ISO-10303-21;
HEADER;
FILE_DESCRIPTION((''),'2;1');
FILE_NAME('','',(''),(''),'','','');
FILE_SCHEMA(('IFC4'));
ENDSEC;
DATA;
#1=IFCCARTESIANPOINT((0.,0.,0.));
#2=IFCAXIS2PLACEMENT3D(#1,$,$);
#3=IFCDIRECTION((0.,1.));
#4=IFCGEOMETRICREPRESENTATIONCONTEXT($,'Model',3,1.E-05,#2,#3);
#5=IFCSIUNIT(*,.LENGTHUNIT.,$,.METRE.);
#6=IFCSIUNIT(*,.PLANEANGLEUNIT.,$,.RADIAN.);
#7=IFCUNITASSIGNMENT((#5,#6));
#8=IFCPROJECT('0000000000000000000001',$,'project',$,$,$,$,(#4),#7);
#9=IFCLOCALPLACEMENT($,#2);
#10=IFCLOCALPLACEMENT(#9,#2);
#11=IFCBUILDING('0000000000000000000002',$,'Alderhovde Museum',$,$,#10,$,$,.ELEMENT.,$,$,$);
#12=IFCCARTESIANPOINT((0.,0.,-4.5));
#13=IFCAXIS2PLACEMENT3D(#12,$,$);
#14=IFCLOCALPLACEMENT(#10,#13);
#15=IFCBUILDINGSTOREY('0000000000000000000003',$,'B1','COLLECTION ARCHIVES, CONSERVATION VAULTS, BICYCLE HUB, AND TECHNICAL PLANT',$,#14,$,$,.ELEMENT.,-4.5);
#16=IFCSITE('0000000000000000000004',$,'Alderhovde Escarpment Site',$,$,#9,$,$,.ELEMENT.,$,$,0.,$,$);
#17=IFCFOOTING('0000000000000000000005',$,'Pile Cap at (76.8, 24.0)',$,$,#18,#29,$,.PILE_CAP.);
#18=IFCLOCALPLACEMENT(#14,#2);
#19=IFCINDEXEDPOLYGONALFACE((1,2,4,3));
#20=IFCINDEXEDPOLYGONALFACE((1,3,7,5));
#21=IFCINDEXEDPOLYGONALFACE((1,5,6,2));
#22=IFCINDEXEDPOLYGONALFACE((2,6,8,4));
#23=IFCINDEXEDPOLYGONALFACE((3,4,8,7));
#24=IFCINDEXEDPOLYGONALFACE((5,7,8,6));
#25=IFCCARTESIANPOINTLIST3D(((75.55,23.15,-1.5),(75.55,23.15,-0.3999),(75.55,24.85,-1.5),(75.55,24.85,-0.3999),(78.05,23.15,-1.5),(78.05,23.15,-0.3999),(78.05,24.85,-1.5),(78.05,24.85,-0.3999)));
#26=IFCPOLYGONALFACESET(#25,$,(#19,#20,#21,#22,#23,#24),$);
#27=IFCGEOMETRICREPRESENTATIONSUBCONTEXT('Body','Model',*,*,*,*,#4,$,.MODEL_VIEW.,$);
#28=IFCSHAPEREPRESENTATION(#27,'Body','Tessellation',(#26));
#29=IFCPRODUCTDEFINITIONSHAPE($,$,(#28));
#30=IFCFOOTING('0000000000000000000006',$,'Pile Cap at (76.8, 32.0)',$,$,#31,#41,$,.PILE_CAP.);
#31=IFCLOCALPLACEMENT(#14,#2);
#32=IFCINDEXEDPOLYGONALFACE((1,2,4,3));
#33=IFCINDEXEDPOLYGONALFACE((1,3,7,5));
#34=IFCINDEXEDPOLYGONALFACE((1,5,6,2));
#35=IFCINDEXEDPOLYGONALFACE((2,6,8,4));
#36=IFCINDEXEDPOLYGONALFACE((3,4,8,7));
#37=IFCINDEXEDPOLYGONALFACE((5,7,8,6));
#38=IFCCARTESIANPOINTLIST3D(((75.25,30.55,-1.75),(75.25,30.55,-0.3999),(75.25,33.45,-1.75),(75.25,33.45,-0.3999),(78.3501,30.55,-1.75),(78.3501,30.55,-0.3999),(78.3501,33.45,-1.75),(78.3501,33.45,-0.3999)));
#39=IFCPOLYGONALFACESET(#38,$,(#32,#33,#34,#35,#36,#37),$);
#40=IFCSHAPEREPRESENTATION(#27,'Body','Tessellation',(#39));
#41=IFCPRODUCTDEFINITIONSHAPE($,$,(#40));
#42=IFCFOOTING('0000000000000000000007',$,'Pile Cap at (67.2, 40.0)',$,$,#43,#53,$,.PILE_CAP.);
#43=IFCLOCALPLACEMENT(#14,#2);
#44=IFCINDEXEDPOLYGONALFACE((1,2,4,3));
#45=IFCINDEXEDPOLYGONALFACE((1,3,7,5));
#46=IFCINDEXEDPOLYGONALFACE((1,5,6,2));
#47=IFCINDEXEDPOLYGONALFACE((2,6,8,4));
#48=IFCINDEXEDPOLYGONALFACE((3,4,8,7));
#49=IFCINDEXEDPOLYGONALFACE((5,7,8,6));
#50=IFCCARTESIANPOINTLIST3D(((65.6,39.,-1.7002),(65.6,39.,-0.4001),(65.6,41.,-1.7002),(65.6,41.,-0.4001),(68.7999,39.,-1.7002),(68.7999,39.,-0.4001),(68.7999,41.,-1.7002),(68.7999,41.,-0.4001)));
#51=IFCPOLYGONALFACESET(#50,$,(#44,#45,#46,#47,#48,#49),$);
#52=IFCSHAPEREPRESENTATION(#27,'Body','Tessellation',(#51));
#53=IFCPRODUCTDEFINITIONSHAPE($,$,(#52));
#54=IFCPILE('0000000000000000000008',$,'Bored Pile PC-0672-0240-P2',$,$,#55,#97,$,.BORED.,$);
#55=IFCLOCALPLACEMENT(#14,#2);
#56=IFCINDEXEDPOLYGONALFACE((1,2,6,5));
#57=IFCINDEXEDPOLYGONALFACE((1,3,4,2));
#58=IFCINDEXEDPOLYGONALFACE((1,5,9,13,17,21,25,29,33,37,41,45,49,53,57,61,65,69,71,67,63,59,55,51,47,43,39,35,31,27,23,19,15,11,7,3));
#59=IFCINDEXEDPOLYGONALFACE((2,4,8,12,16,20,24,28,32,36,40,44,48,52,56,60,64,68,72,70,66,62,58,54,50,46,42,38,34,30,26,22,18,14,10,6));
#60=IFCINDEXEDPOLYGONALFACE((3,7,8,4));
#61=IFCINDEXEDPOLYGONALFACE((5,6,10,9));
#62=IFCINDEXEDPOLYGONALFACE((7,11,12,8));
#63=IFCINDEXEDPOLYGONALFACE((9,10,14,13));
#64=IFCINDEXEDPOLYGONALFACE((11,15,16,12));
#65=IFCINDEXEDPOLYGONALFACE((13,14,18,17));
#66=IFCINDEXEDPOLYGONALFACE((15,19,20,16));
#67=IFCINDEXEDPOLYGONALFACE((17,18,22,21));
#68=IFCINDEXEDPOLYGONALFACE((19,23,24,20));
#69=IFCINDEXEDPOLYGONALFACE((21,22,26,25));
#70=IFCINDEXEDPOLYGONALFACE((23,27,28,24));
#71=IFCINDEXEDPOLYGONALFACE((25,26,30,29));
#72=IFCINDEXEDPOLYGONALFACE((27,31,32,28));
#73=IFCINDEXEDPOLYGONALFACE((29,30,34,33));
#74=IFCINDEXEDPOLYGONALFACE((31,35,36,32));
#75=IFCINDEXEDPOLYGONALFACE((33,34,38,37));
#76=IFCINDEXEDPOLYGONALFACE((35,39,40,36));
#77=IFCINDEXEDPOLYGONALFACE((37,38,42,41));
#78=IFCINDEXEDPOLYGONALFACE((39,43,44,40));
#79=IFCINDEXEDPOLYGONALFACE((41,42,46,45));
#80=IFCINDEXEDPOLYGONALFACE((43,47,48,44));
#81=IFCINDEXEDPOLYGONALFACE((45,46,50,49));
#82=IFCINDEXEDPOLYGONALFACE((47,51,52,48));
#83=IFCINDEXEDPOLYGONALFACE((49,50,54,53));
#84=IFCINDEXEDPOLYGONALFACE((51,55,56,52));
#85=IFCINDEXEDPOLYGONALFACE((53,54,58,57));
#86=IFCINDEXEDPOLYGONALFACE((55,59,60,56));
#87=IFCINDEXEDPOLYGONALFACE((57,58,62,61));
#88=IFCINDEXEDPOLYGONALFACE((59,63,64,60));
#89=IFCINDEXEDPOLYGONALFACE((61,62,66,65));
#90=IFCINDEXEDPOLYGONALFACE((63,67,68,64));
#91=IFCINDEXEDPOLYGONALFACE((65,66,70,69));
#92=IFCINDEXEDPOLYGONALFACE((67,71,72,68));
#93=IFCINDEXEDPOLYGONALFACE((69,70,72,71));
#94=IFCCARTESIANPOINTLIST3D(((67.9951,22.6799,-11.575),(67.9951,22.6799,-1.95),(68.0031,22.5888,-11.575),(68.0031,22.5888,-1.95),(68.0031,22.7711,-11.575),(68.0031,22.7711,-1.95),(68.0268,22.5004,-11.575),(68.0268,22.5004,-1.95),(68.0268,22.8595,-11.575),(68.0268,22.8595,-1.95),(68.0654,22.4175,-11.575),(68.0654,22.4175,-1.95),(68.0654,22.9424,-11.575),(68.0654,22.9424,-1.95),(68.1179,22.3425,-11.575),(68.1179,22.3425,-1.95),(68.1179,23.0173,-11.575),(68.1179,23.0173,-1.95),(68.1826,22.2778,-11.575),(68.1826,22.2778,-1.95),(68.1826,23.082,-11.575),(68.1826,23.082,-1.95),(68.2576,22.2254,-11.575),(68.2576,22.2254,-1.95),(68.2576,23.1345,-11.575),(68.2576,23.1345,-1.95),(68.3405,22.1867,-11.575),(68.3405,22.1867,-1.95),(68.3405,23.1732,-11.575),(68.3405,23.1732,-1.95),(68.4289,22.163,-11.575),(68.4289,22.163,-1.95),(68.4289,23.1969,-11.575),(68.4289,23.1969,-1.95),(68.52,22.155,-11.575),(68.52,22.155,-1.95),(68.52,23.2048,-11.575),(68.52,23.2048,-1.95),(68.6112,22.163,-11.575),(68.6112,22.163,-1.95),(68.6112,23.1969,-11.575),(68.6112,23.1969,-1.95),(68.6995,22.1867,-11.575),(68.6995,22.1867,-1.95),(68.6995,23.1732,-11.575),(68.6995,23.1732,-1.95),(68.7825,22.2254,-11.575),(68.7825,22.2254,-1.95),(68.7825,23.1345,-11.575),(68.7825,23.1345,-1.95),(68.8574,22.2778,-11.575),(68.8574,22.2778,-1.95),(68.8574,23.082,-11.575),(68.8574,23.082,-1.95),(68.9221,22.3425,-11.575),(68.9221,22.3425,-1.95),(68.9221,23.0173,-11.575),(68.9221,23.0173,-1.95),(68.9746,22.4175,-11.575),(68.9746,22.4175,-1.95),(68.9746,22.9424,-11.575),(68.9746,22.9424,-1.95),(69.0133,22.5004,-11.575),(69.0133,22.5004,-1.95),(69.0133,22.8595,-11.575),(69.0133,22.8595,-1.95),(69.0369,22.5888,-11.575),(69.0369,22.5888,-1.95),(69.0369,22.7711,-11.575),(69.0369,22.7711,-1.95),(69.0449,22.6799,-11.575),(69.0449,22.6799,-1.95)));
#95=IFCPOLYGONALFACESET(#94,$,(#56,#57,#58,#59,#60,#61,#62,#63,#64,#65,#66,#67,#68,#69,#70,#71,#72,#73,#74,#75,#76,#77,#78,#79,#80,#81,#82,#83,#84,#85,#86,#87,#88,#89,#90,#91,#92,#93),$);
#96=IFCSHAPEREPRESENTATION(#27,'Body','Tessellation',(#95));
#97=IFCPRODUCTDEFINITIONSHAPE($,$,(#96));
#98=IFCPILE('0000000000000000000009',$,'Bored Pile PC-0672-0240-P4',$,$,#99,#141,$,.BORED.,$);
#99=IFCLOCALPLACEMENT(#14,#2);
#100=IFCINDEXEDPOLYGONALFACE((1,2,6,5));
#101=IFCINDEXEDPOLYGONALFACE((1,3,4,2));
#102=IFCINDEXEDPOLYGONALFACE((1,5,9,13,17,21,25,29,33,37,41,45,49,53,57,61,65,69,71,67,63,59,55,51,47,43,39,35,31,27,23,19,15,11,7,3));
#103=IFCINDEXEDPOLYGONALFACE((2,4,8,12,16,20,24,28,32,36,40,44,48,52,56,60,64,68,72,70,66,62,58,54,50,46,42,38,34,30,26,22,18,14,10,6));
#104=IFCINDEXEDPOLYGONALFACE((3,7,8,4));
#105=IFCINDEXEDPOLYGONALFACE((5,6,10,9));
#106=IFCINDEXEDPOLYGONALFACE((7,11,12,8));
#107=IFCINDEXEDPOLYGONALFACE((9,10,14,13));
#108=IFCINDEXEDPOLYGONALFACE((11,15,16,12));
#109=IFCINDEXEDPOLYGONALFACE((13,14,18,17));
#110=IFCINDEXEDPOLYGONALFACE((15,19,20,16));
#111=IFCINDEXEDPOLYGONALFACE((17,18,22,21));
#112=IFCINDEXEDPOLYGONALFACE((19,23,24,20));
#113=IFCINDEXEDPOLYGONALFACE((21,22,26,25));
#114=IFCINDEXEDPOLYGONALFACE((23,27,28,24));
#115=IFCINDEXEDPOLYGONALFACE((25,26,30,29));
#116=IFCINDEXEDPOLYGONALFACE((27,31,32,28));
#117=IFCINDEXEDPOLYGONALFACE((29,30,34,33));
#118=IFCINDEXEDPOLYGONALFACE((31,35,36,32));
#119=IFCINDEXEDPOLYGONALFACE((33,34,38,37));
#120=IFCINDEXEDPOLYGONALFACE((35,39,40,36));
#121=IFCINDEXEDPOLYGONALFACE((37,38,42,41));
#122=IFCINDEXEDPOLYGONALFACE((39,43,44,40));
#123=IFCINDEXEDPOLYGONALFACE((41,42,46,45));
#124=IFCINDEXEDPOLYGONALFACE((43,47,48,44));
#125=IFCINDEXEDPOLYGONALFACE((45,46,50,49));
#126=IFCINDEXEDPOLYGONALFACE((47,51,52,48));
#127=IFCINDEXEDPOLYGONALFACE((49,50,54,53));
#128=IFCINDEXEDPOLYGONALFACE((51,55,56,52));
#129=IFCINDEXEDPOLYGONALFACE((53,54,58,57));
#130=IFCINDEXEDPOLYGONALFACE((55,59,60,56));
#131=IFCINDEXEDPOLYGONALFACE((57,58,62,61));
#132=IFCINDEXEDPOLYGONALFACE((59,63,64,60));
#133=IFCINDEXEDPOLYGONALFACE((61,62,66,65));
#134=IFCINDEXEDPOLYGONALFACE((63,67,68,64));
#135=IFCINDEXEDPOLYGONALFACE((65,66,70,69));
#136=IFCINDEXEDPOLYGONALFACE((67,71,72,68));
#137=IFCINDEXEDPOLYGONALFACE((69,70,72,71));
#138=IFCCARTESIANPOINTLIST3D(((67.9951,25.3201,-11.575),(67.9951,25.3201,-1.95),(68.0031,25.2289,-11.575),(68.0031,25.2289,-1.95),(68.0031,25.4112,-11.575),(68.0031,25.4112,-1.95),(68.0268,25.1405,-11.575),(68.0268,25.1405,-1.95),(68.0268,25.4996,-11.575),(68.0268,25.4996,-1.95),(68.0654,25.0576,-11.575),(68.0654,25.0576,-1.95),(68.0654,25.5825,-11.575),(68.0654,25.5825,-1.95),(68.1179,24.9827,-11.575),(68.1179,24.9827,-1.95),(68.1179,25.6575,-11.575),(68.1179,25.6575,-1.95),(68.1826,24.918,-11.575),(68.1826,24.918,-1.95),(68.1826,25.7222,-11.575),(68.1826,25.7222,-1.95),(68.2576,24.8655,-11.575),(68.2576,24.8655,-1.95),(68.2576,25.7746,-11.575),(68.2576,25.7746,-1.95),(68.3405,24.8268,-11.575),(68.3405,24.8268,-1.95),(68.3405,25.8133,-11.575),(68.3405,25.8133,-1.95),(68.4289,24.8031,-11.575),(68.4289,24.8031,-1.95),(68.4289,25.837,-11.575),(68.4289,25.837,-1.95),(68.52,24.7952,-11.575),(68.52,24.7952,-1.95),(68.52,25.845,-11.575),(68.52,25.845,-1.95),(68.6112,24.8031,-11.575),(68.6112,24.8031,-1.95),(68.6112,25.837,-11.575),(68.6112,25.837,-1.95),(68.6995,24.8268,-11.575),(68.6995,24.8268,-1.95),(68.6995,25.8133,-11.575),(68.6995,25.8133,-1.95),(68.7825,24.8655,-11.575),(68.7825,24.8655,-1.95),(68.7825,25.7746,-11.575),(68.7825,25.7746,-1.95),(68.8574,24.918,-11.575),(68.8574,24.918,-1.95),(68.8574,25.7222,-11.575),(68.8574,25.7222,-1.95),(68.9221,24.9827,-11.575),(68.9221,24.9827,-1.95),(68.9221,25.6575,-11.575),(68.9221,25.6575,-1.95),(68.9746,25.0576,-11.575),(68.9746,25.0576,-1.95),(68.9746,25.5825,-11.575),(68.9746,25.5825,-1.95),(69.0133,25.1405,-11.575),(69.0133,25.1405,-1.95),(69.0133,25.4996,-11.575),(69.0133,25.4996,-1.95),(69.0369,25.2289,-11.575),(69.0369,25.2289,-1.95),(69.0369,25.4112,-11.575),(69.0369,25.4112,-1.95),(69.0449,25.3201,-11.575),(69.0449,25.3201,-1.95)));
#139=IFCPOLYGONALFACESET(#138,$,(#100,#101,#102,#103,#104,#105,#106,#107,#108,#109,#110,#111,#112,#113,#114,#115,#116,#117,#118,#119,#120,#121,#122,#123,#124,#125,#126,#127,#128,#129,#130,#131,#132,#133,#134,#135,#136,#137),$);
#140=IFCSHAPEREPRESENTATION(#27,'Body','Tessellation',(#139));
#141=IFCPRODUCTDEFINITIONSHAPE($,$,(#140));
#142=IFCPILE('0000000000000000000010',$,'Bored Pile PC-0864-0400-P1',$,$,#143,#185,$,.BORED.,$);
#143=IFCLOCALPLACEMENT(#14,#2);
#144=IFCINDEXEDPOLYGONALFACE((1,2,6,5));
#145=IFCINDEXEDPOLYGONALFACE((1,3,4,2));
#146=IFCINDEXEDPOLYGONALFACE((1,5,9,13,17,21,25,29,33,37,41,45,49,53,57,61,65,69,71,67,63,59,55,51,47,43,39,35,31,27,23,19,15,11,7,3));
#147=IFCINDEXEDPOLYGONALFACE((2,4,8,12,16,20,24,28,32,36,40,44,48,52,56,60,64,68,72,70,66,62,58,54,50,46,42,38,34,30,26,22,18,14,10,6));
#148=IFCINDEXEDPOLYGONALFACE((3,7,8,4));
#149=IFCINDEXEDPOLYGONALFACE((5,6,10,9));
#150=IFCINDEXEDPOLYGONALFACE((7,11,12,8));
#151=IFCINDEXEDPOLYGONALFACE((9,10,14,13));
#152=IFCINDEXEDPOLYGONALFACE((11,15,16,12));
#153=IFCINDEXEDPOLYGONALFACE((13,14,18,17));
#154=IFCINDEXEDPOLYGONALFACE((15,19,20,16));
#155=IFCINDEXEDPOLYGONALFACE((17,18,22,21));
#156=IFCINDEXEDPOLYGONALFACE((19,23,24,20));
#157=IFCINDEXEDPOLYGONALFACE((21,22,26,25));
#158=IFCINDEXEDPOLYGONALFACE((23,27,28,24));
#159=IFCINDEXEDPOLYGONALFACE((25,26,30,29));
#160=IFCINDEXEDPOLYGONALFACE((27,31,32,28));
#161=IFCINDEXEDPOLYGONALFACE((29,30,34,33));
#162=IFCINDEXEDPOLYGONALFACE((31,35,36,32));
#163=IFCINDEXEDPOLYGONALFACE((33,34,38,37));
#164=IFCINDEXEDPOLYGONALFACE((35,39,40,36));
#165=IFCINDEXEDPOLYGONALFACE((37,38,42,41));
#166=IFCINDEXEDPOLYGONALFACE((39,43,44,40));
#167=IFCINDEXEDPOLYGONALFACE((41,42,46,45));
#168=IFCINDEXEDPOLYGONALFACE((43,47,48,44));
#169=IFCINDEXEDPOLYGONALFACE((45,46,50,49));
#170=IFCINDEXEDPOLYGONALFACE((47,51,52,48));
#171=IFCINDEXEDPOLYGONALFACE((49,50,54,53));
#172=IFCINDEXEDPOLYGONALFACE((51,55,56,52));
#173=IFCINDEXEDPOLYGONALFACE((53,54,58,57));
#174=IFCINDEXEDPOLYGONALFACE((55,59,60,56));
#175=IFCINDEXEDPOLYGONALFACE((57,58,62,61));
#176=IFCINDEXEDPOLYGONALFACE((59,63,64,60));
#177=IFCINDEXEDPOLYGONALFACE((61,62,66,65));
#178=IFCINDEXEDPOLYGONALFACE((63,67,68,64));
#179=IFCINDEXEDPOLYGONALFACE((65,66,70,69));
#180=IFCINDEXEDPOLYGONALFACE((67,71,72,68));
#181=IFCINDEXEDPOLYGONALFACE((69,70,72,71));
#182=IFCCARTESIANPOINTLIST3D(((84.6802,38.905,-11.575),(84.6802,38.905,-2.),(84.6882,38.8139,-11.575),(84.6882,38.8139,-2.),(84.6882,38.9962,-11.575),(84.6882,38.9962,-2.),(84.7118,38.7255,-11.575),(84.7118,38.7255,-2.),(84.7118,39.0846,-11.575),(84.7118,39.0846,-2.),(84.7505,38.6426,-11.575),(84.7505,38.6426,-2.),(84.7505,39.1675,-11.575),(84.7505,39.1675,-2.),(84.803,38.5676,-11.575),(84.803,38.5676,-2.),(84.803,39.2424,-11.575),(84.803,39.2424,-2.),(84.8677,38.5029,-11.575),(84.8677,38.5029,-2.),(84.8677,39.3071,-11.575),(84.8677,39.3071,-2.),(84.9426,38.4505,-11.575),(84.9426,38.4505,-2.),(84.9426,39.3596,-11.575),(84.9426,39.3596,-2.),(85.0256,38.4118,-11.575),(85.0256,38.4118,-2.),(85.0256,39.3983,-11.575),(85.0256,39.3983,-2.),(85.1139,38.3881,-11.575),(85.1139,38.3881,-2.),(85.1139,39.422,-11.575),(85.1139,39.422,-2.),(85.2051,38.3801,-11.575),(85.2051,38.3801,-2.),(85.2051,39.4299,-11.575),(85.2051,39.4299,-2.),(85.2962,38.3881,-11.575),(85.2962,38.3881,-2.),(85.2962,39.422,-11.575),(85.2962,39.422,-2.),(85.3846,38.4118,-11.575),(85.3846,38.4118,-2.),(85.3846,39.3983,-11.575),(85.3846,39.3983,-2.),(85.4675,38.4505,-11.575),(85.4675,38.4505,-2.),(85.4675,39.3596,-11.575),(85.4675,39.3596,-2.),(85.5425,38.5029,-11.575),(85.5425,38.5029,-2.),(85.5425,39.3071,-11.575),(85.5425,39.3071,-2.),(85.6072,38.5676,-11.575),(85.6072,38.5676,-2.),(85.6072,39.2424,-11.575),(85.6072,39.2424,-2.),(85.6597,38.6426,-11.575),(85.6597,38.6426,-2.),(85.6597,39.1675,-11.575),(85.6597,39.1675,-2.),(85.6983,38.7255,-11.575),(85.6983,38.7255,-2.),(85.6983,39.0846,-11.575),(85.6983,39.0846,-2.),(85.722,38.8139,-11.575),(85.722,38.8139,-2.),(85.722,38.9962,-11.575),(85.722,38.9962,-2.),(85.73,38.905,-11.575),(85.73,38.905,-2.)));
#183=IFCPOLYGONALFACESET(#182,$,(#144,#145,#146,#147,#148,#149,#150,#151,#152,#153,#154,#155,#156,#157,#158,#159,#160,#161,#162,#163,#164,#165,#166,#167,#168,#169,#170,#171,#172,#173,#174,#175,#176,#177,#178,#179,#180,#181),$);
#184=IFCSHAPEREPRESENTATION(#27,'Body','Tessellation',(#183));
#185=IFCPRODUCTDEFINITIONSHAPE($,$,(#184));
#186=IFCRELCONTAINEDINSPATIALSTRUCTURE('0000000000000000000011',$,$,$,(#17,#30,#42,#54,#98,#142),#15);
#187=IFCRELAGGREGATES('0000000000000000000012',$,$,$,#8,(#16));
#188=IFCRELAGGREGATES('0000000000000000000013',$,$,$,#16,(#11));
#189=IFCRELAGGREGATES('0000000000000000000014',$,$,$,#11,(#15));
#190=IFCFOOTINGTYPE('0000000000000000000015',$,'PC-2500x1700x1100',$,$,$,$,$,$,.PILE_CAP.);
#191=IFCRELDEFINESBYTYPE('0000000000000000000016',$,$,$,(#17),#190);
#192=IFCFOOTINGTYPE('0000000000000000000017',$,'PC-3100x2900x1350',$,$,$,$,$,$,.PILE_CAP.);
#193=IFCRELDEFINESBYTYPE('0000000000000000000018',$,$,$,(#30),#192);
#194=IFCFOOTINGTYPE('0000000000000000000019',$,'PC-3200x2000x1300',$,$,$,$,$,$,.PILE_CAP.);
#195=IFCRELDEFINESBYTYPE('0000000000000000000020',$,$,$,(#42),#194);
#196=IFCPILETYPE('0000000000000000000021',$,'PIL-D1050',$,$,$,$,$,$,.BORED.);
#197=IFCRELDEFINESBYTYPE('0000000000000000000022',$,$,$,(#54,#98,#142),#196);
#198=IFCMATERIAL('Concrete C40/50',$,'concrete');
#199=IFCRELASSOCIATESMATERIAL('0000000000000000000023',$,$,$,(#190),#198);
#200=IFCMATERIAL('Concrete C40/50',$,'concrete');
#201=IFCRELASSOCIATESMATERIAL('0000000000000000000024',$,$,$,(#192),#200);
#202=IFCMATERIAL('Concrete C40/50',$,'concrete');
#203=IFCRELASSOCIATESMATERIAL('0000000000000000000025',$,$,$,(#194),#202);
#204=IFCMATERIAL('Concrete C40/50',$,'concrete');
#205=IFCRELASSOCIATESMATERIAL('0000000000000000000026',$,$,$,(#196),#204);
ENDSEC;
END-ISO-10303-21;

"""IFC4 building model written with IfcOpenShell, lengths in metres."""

from ifc_helpers import new_model, si_unit, direction, frame, origin, origin_2d, place, context, subcontext, project, spatial, rectangle, circle, extrude, material, material_profile, profile_set, type_object, element, save


model = new_model("IFC4")

# Units and contexts
model_context = context("Model", 3, precision=1e-05, world=origin(), true_north=direction((0.0, 1.0)))
body_context = subcontext(model_context, "Body", "Model", "MODEL_VIEW")
ifc_project = project(units=[si_unit("LENGTHUNIT", "METRE"), si_unit("PLANEANGLEUNIT", "RADIAN")], contexts=[model_context])

# Site, building, storey
site_placement = place(None, origin())
site = spatial("IfcSite", under=ifc_project, at=site_placement, Name="Alderhovde Escarpment Site", CompositionType="ELEMENT", RefElevation=0.0)
building_placement = place(site_placement, origin())
building = spatial("IfcBuilding", under=site, at=building_placement, Name="Alderhovde Museum", CompositionType="ELEMENT")
storey_placement = place(building_placement, frame((0.0, 0.0, -4.5)))
storey = spatial("IfcBuildingStorey", under=building, at=storey_placement, Name="B1", Description="COLLECTION ARCHIVES, CONSERVATION VAULTS, BICYCLE HUB, AND TECHNICAL PLANT", CompositionType="ELEMENT", Elevation=-4.5)

# Footings
ifc_material_1 = material(Name="Concrete C40/50", Category="concrete")
footing_type_1 = type_object("IfcFootingType", Name="PC-2500x1700x1100", PredefinedType="PILE_CAP", material=ifc_material_1)
footing_1_placement = place(storey_placement, frame((76.8, 24.0, -1.5), z_axis=(0.0, 0.0, 1.0), x_axis=(1.0, 0.0, 0.0)))
element("IfcFooting", 1, at=footing_1_placement, inside=storey, type_object=footing_type_1, Name="Pile Cap at (76.8, 24.0)", PredefinedType="PILE_CAP", context=body_context, shape_type="SweptSolid", body=[
    extrude(rectangle(XDim=2.5, YDim=1.7, at=origin_2d()), origin(), (0.0, 0.0, 1.0), 1.1001),
])
ifc_material_2 = material(Name="Concrete C40/50", Category="concrete")
footing_type_2 = type_object("IfcFootingType", Name="PC-3100x2900x1350", PredefinedType="PILE_CAP", material=ifc_material_2)
footing_2_placement = place(storey_placement, frame((76.8, 32.0, -1.75), z_axis=(0.0, 0.0, 1.0), x_axis=(1.0, 0.0, 0.0)))
element("IfcFooting", 2, at=footing_2_placement, inside=storey, type_object=footing_type_2, Name="Pile Cap at (76.8, 32.0)", PredefinedType="PILE_CAP", context=body_context, shape_type="SweptSolid", body=[
    extrude(rectangle(XDim=3.1001, YDim=2.8999, at=origin_2d()), origin(), (0.0, 0.0, 1.0), 1.3501),
])
ifc_material_3 = material(Name="Concrete C40/50", Category="concrete")
footing_type_3 = type_object("IfcFootingType", Name="PC-3200x2000x1300", PredefinedType="PILE_CAP", material=ifc_material_3)
footing_3_placement = place(storey_placement, frame((67.2, 40.0, -1.7002), z_axis=(0.0, 0.0, 1.0), x_axis=(1.0, 0.0, 0.0)))
element("IfcFooting", 3, at=footing_3_placement, inside=storey, type_object=footing_type_3, Name="Pile Cap at (67.2, 40.0)", PredefinedType="PILE_CAP", context=body_context, shape_type="SweptSolid", body=[
    extrude(rectangle(XDim=3.2, YDim=2.0, at=origin_2d()), origin(), (0.0, 0.0, 1.0), 1.3),
])

# Piles
ifc_material_4 = material(Name="Concrete C40/50", Category="concrete")
ifc_material_profile_1 = material_profile(ifc_material_4, circle(Radius=0.5249, at=origin_2d()), Name="PILE-D1050")
ifc_profile_set_1 = profile_set([ifc_material_profile_1], Name="Concrete C40/50")
pile_type_1 = type_object("IfcPileType", Name="PIL-D1050", PredefinedType="BORED", material=ifc_profile_set_1)
for number, where, z_axis, x_axis, name in (
    (4, (68.52, 22.6799, -1.95), (0.0, 0.0, -1.0), (1.0, 0.0, 0.0), "Bored Pile PC-0672-0240-P2"),
    (5, (68.52, 25.3201, -1.95), (0.0, 0.0, -1.0), (1.0, 0.0, 0.0), "Bored Pile PC-0672-0240-P4"),
):
    element("IfcPile", number, at=place(storey_placement, frame(where, z_axis=z_axis, x_axis=x_axis)), inside=storey, type_object=pile_type_1, Name=name, PredefinedType="BORED", context=body_context, shape_type="SweptSolid", body=[
        extrude(circle(Radius=0.5249, at=origin_2d()), origin(), (0.0, 0.0, 1.0), 9.625),
    ])
pile_1_placement = place(storey_placement, frame((85.2051, 38.905, -2.0), z_axis=(0.0, 0.0, -1.0), x_axis=(1.0, 0.0, 0.0)))
element("IfcPile", 6, at=pile_1_placement, inside=storey, type_object=pile_type_1, Name="Bored Pile PC-0864-0400-P1", PredefinedType="BORED", context=body_context, shape_type="SweptSolid", body=[
    extrude(circle(Radius=0.5249, at=origin_2d()), origin(), (0.0, 0.0, 1.0), 9.575),
])

save(model, "model.ifc")
